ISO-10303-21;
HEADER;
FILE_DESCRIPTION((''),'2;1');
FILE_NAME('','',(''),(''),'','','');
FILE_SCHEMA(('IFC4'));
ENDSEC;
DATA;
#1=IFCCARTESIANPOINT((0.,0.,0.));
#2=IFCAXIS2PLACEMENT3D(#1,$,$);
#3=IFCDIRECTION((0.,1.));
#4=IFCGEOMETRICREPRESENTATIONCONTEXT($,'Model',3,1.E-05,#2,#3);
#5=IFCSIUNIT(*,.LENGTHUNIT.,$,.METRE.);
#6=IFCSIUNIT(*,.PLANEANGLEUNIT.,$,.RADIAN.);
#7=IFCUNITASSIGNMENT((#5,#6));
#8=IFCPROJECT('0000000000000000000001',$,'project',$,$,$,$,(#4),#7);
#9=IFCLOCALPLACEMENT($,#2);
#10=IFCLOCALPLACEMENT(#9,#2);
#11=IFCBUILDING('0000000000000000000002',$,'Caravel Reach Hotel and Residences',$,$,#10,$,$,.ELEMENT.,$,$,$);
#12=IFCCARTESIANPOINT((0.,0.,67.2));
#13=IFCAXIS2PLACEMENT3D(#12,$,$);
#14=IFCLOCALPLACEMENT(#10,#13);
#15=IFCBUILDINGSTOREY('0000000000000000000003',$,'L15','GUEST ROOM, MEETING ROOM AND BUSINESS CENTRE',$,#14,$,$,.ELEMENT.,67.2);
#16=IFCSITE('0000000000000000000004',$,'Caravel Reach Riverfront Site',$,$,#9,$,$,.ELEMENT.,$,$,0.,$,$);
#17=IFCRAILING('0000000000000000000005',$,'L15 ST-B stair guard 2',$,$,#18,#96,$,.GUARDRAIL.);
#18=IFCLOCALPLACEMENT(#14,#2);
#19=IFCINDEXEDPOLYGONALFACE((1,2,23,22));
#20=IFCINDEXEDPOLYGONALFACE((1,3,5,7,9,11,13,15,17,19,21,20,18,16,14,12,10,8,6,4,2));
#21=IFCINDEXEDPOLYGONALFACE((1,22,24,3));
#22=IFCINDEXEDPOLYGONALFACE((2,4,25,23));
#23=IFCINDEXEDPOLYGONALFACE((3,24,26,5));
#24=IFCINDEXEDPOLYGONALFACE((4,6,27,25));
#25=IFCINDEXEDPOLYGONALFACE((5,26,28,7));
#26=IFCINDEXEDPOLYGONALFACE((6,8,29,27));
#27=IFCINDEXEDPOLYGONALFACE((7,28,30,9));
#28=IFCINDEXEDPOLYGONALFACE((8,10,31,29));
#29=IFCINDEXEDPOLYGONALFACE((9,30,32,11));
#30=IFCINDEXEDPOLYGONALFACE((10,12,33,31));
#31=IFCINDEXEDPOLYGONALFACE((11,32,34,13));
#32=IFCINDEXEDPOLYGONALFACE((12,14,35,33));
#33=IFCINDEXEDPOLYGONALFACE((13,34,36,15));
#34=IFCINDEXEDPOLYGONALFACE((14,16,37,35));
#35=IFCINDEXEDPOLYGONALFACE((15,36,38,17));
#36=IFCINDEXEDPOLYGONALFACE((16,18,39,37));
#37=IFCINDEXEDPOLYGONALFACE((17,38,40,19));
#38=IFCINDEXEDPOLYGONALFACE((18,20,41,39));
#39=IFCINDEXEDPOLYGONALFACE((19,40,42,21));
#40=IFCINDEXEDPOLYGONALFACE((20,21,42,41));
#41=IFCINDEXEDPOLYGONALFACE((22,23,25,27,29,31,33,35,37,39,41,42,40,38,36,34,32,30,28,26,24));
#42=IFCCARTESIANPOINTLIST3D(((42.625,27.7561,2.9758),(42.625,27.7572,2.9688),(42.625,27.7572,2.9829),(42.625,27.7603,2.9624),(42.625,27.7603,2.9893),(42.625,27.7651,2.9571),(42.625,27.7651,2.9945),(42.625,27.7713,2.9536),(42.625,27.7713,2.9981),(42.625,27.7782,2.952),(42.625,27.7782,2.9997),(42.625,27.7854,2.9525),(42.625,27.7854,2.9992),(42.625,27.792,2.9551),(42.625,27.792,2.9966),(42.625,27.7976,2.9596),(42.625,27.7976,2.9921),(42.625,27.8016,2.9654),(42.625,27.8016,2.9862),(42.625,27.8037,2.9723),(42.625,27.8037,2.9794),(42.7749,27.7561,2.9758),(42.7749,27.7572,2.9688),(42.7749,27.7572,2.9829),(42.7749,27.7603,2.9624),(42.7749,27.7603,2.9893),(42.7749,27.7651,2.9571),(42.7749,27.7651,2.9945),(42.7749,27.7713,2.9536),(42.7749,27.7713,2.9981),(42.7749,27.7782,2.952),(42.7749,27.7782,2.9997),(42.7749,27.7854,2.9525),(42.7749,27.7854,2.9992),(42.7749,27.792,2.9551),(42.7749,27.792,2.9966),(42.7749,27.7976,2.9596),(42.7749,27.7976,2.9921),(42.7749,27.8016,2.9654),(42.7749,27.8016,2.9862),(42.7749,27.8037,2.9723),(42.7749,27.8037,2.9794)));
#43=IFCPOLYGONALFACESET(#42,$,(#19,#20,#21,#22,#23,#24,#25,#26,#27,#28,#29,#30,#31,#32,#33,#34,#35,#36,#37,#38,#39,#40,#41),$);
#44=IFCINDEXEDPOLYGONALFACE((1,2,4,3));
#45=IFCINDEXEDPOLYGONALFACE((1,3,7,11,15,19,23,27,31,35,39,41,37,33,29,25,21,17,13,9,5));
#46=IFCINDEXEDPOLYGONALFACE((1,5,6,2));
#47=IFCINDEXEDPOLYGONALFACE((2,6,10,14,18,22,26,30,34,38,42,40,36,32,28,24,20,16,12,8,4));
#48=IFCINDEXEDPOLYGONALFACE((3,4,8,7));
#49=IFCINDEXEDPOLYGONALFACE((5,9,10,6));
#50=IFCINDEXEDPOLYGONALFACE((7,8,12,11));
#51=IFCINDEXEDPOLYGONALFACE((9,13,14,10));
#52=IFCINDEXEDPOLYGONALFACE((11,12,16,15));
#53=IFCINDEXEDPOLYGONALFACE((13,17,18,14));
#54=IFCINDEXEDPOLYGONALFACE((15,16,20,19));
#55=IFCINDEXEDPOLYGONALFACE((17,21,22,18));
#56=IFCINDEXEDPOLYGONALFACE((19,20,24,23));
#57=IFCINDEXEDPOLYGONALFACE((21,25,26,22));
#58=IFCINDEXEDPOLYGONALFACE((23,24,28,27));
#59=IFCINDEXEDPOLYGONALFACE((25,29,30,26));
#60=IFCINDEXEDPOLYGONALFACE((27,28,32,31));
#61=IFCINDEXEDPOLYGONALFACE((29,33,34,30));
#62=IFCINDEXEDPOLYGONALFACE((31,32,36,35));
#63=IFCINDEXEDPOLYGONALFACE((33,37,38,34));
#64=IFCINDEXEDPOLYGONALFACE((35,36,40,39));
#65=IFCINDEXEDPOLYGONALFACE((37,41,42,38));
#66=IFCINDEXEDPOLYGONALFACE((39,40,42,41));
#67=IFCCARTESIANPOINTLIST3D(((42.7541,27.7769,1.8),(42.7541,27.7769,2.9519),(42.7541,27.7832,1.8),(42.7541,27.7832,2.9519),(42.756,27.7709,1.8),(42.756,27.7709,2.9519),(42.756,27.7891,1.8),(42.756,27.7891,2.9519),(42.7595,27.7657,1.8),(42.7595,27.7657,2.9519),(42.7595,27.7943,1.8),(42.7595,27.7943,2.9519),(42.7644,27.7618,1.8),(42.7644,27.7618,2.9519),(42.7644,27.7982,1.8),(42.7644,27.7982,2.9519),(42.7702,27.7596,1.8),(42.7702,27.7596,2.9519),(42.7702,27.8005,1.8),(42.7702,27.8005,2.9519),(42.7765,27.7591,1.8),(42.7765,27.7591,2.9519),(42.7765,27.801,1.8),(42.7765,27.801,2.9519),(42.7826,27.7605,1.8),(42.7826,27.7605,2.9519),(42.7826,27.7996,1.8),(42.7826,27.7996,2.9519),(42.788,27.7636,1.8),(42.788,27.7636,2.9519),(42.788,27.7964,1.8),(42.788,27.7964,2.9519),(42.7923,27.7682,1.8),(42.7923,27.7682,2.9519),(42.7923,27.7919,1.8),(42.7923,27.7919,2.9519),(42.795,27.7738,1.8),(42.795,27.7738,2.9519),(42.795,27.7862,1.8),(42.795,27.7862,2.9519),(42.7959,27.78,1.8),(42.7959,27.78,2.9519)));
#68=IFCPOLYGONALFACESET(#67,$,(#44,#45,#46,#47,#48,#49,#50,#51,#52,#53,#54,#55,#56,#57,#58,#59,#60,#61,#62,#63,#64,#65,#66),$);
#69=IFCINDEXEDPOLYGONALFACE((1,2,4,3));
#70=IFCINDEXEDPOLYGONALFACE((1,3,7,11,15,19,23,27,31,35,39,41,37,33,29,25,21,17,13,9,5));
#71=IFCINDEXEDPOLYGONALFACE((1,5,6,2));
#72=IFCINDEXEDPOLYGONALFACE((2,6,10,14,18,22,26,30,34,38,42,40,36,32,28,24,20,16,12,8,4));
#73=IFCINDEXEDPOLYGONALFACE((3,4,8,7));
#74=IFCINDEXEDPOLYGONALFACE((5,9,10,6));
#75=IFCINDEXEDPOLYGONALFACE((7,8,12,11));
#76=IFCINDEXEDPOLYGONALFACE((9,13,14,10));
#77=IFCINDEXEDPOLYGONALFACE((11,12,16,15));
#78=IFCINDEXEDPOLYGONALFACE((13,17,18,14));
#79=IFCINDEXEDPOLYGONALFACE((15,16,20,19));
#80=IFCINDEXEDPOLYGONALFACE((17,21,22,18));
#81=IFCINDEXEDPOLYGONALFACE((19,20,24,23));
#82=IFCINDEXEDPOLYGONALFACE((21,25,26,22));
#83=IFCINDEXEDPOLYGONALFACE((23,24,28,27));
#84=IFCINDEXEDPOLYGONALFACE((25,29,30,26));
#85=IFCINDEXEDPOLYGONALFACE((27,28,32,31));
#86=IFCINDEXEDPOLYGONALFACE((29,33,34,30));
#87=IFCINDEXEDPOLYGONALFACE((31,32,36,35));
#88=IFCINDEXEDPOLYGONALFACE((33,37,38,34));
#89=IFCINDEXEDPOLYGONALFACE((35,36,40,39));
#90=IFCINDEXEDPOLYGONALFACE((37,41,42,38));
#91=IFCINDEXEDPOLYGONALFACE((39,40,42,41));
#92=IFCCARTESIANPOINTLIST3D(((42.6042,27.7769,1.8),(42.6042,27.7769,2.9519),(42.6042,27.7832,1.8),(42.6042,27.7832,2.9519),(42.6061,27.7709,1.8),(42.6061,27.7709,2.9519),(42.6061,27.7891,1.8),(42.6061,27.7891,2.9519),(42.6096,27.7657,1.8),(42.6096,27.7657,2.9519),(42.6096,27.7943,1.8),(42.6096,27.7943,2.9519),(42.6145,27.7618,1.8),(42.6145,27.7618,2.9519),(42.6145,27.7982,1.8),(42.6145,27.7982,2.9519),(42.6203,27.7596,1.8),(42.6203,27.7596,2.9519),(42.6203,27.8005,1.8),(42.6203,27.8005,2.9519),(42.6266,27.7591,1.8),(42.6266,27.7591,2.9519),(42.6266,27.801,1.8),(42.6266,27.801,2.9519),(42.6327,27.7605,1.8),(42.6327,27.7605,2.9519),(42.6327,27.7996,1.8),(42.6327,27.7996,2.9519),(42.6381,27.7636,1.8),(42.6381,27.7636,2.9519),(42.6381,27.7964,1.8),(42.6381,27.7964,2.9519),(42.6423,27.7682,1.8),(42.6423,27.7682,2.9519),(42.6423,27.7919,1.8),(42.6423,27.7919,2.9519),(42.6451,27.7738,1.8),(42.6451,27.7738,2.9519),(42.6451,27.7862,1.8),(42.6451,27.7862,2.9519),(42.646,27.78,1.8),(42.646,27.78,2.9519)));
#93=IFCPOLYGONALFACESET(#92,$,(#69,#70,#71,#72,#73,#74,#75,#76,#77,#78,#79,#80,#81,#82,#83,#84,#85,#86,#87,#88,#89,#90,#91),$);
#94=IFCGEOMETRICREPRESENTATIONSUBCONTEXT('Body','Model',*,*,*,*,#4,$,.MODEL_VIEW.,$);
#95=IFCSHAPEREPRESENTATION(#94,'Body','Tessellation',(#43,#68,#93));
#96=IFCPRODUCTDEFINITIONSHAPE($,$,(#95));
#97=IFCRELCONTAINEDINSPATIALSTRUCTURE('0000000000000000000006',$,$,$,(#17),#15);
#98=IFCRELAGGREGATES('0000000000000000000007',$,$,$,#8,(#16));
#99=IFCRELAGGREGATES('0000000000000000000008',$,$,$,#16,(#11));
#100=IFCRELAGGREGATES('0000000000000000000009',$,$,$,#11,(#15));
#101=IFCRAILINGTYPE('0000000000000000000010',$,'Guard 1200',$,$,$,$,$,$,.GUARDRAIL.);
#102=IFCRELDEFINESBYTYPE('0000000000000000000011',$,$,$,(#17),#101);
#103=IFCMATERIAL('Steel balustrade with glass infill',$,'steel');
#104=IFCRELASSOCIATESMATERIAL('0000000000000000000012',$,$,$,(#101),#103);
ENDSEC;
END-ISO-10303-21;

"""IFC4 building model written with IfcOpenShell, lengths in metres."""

from ifc_helpers import new_model, si_unit, direction, frame, origin, origin_2d, place, context, subcontext, project, spatial, circle, extrude, material, type_object, element, save


model = new_model("IFC4")

# Units and contexts
model_context = context("Model", 3, precision=1e-05, world=origin(), true_north=direction((0.0, 1.0)))
body_context = subcontext(model_context, "Body", "Model", "MODEL_VIEW")
ifc_project = project(units=[si_unit("LENGTHUNIT", "METRE"), si_unit("PLANEANGLEUNIT", "RADIAN")], contexts=[model_context])

# Site, building, storey
site_placement = place(None, origin())
site = spatial("IfcSite", under=ifc_project, at=site_placement, Name="Caravel Reach Riverfront Site", CompositionType="ELEMENT", RefElevation=0.0)
building_placement = place(site_placement, origin())
building = spatial("IfcBuilding", under=site, at=building_placement, Name="Caravel Reach Hotel and Residences", CompositionType="ELEMENT")
storey_placement = place(building_placement, frame((0.0, 0.0, 67.2)))
storey = spatial("IfcBuildingStorey", under=building, at=storey_placement, Name="L15", Description="GUEST ROOM, MEETING ROOM AND BUSINESS CENTRE", CompositionType="ELEMENT", Elevation=67.2)

# Railing
ifc_material_1 = material(Name="Steel balustrade with glass infill", Category="steel")
railing_type_1 = type_object("IfcRailingType", Name="Guard 1200", PredefinedType="GUARDRAIL", material=ifc_material_1)
railing_1_placement = place(storey_placement, frame((42.7749, 27.78, 1.8)))
element("IfcRailing", 1, at=railing_1_placement, inside=storey, type_object=railing_type_1, Name="L15 ST-B stair guard 2", PredefinedType="GUARDRAIL", context=body_context, shape_type="SweptSolid", body=[
    extrude(circle(Radius=0.0239, at=origin_2d()), frame((0.0, 0.0, 1.1758), z_axis=(-1.0, 0.0, 0.0), x_axis=(0.0, -1.0, 0.0)), (0.0, 0.0, 1.0), 0.1499),
    extrude(circle(Radius=0.021, at=origin_2d()), origin(), (0.0, 0.0, 1.0), 1.1519),
    extrude(circle(Radius=0.021, at=origin_2d()), frame((-0.1499, 0.0, 0.0)), (0.0, 0.0, 1.0), 1.1519),
])

save(model, "model.ifc")
